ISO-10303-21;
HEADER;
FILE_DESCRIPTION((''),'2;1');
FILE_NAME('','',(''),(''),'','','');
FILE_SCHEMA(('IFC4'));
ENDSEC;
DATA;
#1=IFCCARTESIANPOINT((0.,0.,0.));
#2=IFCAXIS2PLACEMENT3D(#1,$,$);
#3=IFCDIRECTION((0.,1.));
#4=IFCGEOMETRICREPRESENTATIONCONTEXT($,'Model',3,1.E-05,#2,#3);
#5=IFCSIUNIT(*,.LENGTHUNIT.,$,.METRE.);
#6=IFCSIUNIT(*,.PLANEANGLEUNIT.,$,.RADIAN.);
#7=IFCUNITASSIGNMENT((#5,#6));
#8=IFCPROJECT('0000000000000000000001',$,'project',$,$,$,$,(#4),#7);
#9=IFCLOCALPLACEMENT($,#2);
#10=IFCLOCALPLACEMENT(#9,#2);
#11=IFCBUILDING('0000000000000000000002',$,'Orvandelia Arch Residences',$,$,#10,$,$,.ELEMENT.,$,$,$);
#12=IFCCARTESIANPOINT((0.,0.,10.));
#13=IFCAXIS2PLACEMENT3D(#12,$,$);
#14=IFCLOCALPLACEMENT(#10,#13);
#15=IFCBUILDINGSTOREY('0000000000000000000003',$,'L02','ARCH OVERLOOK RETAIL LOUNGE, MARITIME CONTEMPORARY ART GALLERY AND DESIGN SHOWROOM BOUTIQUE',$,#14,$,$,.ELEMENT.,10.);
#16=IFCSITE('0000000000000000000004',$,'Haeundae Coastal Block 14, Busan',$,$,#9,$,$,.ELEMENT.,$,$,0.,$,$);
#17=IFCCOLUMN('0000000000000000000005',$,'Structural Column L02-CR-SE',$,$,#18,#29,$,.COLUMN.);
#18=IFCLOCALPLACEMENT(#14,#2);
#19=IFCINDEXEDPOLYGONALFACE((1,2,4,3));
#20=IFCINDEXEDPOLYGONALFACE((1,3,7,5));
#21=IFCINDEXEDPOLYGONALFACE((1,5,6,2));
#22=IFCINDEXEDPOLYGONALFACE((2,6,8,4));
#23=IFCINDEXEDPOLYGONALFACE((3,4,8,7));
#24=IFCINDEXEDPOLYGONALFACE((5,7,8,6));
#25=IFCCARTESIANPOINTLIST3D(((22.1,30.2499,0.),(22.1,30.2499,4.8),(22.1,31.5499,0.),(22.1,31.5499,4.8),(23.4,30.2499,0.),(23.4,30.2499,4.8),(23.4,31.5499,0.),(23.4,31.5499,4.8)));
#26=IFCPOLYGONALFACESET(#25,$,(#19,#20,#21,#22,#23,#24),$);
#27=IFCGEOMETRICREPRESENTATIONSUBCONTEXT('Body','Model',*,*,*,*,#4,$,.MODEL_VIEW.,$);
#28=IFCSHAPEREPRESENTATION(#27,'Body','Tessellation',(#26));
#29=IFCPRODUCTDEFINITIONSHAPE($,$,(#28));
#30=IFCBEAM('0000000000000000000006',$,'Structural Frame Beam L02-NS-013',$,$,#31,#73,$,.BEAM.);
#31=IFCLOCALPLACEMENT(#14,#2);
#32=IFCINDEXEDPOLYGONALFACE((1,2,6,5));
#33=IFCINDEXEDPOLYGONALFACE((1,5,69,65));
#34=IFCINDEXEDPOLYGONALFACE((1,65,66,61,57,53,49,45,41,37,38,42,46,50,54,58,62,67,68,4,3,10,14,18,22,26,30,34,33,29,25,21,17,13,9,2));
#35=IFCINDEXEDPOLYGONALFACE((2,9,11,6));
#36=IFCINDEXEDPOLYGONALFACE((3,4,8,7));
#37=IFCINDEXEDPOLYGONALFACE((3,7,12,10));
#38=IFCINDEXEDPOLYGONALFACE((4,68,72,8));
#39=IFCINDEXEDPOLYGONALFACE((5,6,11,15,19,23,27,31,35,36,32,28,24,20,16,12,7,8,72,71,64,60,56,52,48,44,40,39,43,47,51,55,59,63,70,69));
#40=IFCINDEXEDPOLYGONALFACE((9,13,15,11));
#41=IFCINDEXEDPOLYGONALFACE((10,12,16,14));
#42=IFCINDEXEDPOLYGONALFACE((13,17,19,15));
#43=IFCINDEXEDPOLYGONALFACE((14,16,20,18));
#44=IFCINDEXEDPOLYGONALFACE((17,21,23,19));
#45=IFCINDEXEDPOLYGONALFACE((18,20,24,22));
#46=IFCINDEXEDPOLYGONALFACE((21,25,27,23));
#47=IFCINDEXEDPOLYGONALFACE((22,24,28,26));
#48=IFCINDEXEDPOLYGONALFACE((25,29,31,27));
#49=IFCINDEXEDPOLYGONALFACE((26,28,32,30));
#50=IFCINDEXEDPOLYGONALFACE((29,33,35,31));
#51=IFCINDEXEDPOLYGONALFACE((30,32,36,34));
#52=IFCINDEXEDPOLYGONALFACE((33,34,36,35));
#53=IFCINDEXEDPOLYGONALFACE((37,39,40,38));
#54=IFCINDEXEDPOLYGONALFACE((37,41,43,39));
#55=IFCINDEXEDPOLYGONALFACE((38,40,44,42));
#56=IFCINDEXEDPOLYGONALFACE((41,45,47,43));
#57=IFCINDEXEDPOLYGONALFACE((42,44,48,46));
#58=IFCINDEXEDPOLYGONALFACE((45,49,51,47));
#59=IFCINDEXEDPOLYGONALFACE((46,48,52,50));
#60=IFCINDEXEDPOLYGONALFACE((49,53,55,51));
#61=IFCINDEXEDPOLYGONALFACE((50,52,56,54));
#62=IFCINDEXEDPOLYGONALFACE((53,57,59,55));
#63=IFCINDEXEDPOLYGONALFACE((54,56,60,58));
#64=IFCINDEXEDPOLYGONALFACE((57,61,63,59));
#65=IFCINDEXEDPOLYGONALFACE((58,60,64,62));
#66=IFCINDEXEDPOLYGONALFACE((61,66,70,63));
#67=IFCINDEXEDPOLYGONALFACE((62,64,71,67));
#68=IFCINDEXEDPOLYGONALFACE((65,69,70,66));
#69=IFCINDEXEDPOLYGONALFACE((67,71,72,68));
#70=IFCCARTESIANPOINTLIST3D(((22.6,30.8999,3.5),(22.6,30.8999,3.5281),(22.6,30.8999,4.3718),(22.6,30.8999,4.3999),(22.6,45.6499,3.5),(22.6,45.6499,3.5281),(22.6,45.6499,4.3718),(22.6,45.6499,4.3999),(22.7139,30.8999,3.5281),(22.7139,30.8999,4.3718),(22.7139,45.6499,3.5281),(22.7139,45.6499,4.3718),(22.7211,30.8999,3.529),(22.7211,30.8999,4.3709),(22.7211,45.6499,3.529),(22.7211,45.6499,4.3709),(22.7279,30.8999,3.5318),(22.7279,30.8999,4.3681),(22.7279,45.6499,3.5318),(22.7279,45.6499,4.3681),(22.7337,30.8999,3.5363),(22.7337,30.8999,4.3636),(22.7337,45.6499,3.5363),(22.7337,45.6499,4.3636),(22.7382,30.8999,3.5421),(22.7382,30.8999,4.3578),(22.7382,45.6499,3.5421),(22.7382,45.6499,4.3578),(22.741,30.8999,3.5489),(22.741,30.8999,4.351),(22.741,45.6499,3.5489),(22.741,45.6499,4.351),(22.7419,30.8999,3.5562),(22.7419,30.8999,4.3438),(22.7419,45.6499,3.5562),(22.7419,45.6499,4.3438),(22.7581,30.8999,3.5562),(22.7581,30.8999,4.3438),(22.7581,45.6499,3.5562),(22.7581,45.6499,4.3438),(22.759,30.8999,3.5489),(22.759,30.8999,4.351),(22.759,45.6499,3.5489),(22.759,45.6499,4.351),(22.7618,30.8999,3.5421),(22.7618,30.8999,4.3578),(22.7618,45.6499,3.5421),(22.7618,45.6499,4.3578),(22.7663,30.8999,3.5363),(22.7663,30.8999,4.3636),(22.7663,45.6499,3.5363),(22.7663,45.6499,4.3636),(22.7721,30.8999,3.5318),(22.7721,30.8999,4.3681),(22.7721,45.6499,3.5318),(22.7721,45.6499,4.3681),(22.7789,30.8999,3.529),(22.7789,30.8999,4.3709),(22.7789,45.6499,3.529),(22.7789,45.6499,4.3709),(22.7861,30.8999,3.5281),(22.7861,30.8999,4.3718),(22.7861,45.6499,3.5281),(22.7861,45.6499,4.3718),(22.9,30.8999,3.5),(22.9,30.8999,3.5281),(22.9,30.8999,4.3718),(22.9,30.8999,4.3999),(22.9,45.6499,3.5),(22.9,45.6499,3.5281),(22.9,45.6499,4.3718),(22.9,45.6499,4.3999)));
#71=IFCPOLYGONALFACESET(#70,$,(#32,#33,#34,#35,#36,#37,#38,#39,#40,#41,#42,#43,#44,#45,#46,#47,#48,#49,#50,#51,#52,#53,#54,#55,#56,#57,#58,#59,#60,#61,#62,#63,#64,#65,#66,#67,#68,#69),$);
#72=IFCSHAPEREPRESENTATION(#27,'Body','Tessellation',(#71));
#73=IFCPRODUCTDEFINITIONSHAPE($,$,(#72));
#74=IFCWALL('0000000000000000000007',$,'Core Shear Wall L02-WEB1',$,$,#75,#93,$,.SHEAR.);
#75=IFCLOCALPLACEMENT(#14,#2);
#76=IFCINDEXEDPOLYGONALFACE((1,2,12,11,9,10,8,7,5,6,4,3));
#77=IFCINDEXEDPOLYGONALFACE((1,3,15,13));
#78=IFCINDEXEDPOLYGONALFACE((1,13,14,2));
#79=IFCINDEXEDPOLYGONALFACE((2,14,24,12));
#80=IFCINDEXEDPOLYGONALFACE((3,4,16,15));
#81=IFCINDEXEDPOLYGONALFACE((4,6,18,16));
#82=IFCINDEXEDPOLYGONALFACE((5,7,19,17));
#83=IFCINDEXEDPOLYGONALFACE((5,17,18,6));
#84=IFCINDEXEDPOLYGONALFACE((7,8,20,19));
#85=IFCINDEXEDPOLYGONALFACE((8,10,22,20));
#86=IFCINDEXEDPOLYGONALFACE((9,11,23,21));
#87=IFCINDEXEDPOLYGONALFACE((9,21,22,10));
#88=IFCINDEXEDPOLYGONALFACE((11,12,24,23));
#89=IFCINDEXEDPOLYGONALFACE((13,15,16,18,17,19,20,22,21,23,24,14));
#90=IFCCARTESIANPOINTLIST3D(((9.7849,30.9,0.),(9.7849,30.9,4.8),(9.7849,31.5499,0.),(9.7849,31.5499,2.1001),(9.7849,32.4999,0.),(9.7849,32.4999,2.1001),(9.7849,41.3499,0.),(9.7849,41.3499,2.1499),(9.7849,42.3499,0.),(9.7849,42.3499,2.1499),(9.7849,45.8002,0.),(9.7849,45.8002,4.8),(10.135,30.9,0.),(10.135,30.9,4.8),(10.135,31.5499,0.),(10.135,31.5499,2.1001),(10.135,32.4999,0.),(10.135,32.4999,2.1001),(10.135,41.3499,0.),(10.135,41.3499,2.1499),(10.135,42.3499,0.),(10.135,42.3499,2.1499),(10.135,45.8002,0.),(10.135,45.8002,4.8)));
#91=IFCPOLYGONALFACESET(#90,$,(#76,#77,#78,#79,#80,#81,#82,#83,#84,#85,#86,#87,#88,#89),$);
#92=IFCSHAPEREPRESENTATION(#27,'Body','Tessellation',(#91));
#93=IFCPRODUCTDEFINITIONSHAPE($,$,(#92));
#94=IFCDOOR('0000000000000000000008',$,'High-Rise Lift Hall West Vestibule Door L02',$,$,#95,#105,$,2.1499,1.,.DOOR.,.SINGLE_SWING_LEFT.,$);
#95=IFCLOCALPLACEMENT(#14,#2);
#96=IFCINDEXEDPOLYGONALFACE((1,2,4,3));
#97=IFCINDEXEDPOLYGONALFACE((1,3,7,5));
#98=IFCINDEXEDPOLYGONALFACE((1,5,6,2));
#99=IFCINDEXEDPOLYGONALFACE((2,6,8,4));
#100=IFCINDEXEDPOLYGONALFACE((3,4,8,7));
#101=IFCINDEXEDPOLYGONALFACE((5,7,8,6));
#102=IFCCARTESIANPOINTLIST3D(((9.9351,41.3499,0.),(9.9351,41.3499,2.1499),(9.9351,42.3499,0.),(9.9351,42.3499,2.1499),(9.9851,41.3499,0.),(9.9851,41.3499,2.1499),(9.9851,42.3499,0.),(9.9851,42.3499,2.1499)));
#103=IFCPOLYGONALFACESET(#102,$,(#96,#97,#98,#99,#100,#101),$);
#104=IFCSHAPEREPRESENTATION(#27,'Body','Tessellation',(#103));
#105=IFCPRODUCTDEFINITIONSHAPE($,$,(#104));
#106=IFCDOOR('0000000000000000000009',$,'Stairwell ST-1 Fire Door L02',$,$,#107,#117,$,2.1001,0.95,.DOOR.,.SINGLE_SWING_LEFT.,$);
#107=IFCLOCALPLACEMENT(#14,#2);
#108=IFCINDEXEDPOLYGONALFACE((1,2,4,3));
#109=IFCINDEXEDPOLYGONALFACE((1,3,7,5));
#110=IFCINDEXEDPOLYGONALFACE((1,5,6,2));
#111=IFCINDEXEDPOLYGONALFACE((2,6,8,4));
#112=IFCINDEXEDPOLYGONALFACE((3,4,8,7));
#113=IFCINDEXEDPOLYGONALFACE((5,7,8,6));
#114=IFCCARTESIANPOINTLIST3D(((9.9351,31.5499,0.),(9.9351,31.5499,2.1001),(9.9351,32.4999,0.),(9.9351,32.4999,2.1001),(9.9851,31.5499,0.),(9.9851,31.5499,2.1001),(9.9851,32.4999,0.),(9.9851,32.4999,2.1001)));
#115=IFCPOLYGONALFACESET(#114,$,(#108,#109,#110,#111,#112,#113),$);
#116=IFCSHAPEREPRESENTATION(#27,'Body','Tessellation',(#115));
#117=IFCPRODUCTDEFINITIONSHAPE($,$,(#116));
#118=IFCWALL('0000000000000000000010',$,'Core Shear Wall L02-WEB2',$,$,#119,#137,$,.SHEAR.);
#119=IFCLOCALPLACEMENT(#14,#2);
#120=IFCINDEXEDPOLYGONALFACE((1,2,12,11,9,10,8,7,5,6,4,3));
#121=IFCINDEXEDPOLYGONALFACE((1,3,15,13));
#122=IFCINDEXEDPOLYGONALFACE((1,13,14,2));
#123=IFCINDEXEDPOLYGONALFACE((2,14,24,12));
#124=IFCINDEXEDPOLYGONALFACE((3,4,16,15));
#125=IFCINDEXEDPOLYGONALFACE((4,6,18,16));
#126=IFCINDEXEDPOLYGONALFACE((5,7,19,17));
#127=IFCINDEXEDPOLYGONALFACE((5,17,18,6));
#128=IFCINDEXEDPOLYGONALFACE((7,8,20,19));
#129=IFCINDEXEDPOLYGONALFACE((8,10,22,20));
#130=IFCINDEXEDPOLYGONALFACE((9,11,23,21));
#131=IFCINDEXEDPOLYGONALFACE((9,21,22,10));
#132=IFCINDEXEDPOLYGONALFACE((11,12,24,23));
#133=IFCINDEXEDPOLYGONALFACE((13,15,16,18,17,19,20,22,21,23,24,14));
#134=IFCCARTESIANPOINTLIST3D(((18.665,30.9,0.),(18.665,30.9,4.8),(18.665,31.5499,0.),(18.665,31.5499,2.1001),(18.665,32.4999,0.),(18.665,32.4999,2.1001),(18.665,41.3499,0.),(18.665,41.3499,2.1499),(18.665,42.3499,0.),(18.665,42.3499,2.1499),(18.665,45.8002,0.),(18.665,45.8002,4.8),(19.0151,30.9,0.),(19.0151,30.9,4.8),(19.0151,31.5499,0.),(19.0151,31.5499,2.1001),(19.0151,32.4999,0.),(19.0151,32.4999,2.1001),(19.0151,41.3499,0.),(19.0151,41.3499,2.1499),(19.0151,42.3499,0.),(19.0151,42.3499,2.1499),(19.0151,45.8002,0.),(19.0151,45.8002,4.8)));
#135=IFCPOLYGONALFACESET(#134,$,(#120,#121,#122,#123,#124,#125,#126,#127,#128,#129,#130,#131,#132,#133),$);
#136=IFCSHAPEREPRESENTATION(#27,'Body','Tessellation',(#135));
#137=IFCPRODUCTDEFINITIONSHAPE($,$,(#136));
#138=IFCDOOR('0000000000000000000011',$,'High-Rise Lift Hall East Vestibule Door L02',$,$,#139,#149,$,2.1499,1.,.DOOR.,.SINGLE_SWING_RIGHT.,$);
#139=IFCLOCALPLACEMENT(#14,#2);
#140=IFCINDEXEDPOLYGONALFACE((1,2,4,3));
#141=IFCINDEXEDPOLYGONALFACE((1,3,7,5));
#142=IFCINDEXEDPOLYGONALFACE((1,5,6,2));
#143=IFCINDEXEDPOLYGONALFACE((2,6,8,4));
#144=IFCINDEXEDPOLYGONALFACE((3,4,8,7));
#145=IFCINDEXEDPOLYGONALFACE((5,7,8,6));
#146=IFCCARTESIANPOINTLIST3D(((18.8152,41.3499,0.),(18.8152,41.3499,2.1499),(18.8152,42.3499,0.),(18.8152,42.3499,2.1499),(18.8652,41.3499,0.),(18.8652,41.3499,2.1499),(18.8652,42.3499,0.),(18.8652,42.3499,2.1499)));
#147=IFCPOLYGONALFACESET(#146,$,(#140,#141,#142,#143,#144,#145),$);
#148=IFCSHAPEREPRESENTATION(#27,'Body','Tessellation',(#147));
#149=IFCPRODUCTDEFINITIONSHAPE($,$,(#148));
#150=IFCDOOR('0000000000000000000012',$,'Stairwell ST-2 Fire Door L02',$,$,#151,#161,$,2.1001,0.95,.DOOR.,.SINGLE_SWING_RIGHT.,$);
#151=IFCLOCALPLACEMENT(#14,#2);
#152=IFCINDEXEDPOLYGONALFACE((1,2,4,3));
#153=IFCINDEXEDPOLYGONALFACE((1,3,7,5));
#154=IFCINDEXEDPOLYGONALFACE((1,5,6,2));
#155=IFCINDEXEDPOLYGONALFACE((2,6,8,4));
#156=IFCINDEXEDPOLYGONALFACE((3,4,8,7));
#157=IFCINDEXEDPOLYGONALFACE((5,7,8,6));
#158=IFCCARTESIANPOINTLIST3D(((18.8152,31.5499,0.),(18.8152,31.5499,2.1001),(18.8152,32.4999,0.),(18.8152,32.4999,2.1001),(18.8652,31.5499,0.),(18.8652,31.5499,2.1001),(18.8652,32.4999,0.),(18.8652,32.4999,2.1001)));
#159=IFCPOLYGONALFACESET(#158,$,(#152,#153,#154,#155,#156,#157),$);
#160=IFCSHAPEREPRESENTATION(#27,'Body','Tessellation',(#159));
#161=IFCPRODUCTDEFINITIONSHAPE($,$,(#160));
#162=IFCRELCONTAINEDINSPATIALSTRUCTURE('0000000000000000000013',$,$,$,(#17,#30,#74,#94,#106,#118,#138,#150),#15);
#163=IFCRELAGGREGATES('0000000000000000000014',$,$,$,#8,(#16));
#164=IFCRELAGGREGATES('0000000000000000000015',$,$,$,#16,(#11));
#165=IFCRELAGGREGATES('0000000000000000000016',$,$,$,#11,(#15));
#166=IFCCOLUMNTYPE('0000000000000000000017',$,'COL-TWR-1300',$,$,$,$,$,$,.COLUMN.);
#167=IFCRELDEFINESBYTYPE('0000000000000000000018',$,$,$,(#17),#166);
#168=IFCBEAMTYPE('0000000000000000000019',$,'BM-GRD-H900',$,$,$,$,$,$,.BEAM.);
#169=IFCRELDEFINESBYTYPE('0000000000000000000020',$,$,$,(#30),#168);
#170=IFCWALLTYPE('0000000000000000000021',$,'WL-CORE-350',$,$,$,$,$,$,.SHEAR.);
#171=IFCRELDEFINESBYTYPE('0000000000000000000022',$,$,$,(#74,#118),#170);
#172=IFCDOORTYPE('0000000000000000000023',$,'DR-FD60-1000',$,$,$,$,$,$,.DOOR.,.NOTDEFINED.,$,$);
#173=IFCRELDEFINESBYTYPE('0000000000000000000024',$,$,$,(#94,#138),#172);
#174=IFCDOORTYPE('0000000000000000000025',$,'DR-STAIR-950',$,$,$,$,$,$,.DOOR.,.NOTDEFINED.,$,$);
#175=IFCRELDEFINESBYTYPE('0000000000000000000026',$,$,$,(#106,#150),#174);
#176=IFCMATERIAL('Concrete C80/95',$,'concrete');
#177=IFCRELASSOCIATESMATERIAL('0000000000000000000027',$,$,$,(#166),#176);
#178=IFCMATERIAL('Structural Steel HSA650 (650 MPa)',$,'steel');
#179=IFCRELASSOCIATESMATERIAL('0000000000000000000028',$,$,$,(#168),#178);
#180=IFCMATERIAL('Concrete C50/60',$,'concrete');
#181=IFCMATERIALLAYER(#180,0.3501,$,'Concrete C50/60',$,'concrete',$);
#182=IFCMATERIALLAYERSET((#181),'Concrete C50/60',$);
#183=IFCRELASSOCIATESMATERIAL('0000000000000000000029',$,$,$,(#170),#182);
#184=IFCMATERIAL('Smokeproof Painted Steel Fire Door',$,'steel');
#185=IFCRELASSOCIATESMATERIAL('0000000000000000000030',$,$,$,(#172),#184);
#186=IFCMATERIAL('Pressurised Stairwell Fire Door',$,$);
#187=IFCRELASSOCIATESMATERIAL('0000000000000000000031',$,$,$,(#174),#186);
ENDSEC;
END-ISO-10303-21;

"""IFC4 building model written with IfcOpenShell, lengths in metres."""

from ifc_helpers import new_model, si_unit, direction, frame, frame_2d, origin, origin_2d, place, context, subcontext, project, spatial, rectangle, i_section, extrude, material, layer, layer_set, material_profile, profile_set, type_object, element, fill, save


model = new_model("IFC4")

# Units and contexts
model_context = context("Model", 3, precision=1e-05, world=origin(), true_north=direction((0.0, 1.0)))
body_context = subcontext(model_context, "Body", "Model", "MODEL_VIEW")
ifc_project = project(units=[si_unit("LENGTHUNIT", "METRE"), si_unit("PLANEANGLEUNIT", "RADIAN")], contexts=[model_context])

# Site, building, storey
site_placement = place(None, origin())
site = spatial("IfcSite", under=ifc_project, at=site_placement, Name="Haeundae Coastal Block 14, Busan", CompositionType="ELEMENT", RefElevation=0.0)
building_placement = place(site_placement, origin())
building = spatial("IfcBuilding", under=site, at=building_placement, Name="Orvandelia Arch Residences", CompositionType="ELEMENT")
storey_placement = place(building_placement, frame((0.0, 0.0, 10.0)))
storey = spatial("IfcBuildingStorey", under=building, at=storey_placement, Name="L02", Description="ARCH OVERLOOK RETAIL LOUNGE, MARITIME CONTEMPORARY ART GALLERY AND DESIGN SHOWROOM BOUTIQUE", CompositionType="ELEMENT", Elevation=10.0)

# Column
ifc_material_1 = material(Name="Concrete C80/95", Category="concrete")
ifc_material_profile_1 = material_profile(ifc_material_1, rectangle(XDim=1.3, YDim=1.3, at=origin_2d()), Name="Concrete C80/95", Category="concrete")
ifc_profile_set_1 = profile_set([ifc_material_profile_1], Name="Concrete C80/95")
column_type = type_object("IfcColumnType", Name="COL-TWR-1300", PredefinedType="COLUMN", material=ifc_profile_set_1)
column_placement = place(storey_placement, frame((22.75, 30.8999, 0.0), z_axis=(0.0, 0.0, 1.0), x_axis=(1.0, 0.0, 0.0)))
element("IfcColumn", 1, at=column_placement, inside=storey, type_object=column_type, Name="Structural Column L02-CR-SE", PredefinedType="COLUMN", context=body_context, shape_type="SweptSolid", body=[
    extrude(rectangle(XDim=1.3, YDim=1.3, at=origin_2d()), origin(), (0.0, 0.0, 1.0), 4.8),
])

# Beam
ifc_material_2 = material(Name="Structural Steel HSA650 (650 MPa)", Category="steel")
ifc_material_profile_2 = material_profile(ifc_material_2, i_section(OverallWidth=0.3, OverallDepth=0.8999, WebThickness=0.0161, FlangeThickness=0.0281, FilletRadius=0.0281, at=origin_2d()), Name="Structural Steel HSA650 (650 MPa)", Category="steel")
ifc_profile_set_2 = profile_set([ifc_material_profile_2], Name="Structural Steel HSA650 (650 MPa)")
beam_type = type_object("IfcBeamType", Name="BM-GRD-H900", PredefinedType="BEAM", material=ifc_profile_set_2)
beam_placement = place(storey_placement, frame((22.75, 30.8999, 3.95), z_axis=(0.0, 1.0, 0.0), x_axis=(-1.0, 0.0, 0.0)))
element("IfcBeam", 2, at=beam_placement, inside=storey, type_object=beam_type, Name="Structural Frame Beam L02-NS-013", PredefinedType="BEAM", context=body_context, shape_type="SweptSolid", body=[
    extrude(i_section(OverallWidth=0.3, OverallDepth=0.8999, WebThickness=0.0161, FlangeThickness=0.0281, FilletRadius=0.0281, at=origin_2d()), origin(), (0.0, 0.0, 1.0), 14.75),
])

# Walls, openings, doors
ifc_material_3 = material(Name="Concrete C50/60", Category="concrete")
ifc_layer_1 = layer(ifc_material_3, 0.3501, Name="Concrete C50/60", Category="concrete")
ifc_layer_set_1 = layer_set([ifc_layer_1], Name="Concrete C50/60")
wall_type_1 = type_object("IfcWallType", Name="WL-CORE-350", PredefinedType="SHEAR", material=ifc_layer_set_1)
wall_1_placement = place(storey_placement, frame((9.96, 30.8999, 0.0), z_axis=(0.0, 0.0, 1.0), x_axis=(0.0, 1.0, 0.0)))
wall_1 = element("IfcWall", 3, at=wall_1_placement, inside=storey, type_object=wall_type_1, Name="Core Shear Wall L02-WEB1", PredefinedType="SHEAR", context=body_context, shape_type="SweptSolid", body=[
    extrude(rectangle(XDim=14.9001, YDim=0.3501, at=frame_2d((7.4502, 0.0))), origin(), (0.0, 0.0, 1.0), 4.8),
])
opening_1_placement = place(wall_1_placement, frame((0.6499, 0.0, 0.0)))
opening_1 = element("IfcOpeningElement", 4, at=opening_1_placement, cuts=wall_1, PredefinedType="OPENING", context=body_context, shape_type="SweptSolid", body=[
    extrude(rectangle(XDim=0.95, YDim=2.1001, at=frame_2d((0.4751, 1.05))), frame((0.0, 0.1851, 0.0), z_axis=(0.0, -1.0, 0.0), x_axis=(1.0, 0.0, 0.0)), (0.0, 0.0, 1.0), 0.3701),
])
opening_2_placement = place(wall_1_placement, frame((10.45, 0.0, 0.0)))
opening_2 = element("IfcOpeningElement", 5, at=opening_2_placement, cuts=wall_1, PredefinedType="OPENING", context=body_context, shape_type="SweptSolid", body=[
    extrude(rectangle(XDim=1.0, YDim=2.1499, at=frame_2d((0.5, 1.075))), frame((0.0, 0.1851, 0.0), z_axis=(0.0, -1.0, 0.0), x_axis=(1.0, 0.0, 0.0)), (0.0, 0.0, 1.0), 0.3701),
])
ifc_material_4 = material(Name="Smokeproof Painted Steel Fire Door", Category="steel")
door_type_1 = type_object("IfcDoorType", Name="DR-FD60-1000", OperationType="NOTDEFINED", PredefinedType="DOOR", material=ifc_material_4)
door_1_placement = place(opening_2_placement, origin())
door_1 = element("IfcDoor", 6, at=door_1_placement, inside=storey, type_object=door_type_1, Name="High-Rise Lift Hall West Vestibule Door L02", OperationType="SINGLE_SWING_LEFT", OverallHeight=2.1499, OverallWidth=1.0, PredefinedType="DOOR", context=body_context, shape_type="SweptSolid", body=[
    extrude(rectangle(XDim=1.0, YDim=2.1499, at=frame_2d((0.5, 1.075))), frame((0.0, 0.0249, 0.0), z_axis=(0.0, -1.0, 0.0), x_axis=(1.0, 0.0, 0.0)), (0.0, 0.0, 1.0), 0.05),
])
fill(opening_2, door_1)
ifc_material_5 = material(Name="Pressurised Stairwell Fire Door")
door_type_2 = type_object("IfcDoorType", Name="DR-STAIR-950", OperationType="NOTDEFINED", PredefinedType="DOOR", material=ifc_material_5)
door_2_placement = place(opening_1_placement, origin())
door_2 = element("IfcDoor", 7, at=door_2_placement, inside=storey, type_object=door_type_2, Name="Stairwell ST-1 Fire Door L02", OperationType="SINGLE_SWING_LEFT", OverallHeight=2.1001, OverallWidth=0.95, PredefinedType="DOOR", context=body_context, shape_type="SweptSolid", body=[
    extrude(rectangle(XDim=0.95, YDim=2.1001, at=frame_2d((0.4751, 1.05))), frame((0.0, 0.0249, 0.0), z_axis=(0.0, -1.0, 0.0), x_axis=(1.0, 0.0, 0.0)), (0.0, 0.0, 1.0), 0.05),
])
fill(opening_1, door_2)
wall_2_placement = place(storey_placement, frame((18.8401, 30.8999, 0.0), z_axis=(0.0, 0.0, 1.0), x_axis=(0.0, 1.0, 0.0)))
wall_2 = element("IfcWall", 8, at=wall_2_placement, inside=storey, type_object=wall_type_1, Name="Core Shear Wall L02-WEB2", PredefinedType="SHEAR", context=body_context, shape_type="SweptSolid", body=[
    extrude(rectangle(XDim=14.9001, YDim=0.3501, at=frame_2d((7.4502, 0.0))), origin(), (0.0, 0.0, 1.0), 4.8),
])
opening_3_placement = place(wall_2_placement, frame((0.6499, 0.0, 0.0)))
opening_3 = element("IfcOpeningElement", 9, at=opening_3_placement, cuts=wall_2, PredefinedType="OPENING", context=body_context, shape_type="SweptSolid", body=[
    extrude(rectangle(XDim=0.95, YDim=2.1001, at=frame_2d((0.4751, 1.05))), frame((0.0, 0.1851, 0.0), z_axis=(0.0, -1.0, 0.0), x_axis=(1.0, 0.0, 0.0)), (0.0, 0.0, 1.0), 0.3701),
])
opening_4_placement = place(wall_2_placement, frame((10.45, 0.0, 0.0)))
opening_4 = element("IfcOpeningElement", 10, at=opening_4_placement, cuts=wall_2, PredefinedType="OPENING", context=body_context, shape_type="SweptSolid", body=[
    extrude(rectangle(XDim=1.0, YDim=2.1499, at=frame_2d((0.5, 1.075))), frame((0.0, 0.1851, 0.0), z_axis=(0.0, -1.0, 0.0), x_axis=(1.0, 0.0, 0.0)), (0.0, 0.0, 1.0), 0.3701),
])
door_3_placement = place(opening_4_placement, origin())
door_3 = element("IfcDoor", 11, at=door_3_placement, inside=storey, type_object=door_type_1, Name="High-Rise Lift Hall East Vestibule Door L02", OperationType="SINGLE_SWING_RIGHT", OverallHeight=2.1499, OverallWidth=1.0, PredefinedType="DOOR", context=body_context, shape_type="SweptSolid", body=[
    extrude(rectangle(XDim=1.0, YDim=2.1499, at=frame_2d((0.5, 1.075))), frame((0.0, 0.0249, 0.0), z_axis=(0.0, -1.0, 0.0), x_axis=(1.0, 0.0, 0.0)), (0.0, 0.0, 1.0), 0.05),
])
fill(opening_4, door_3)
door_4_placement = place(opening_3_placement, origin())
door_4 = element("IfcDoor", 12, at=door_4_placement, inside=storey, type_object=door_type_2, Name="Stairwell ST-2 Fire Door L02", OperationType="SINGLE_SWING_RIGHT", OverallHeight=2.1001, OverallWidth=0.95, PredefinedType="DOOR", context=body_context, shape_type="SweptSolid", body=[
    extrude(rectangle(XDim=0.95, YDim=2.1001, at=frame_2d((0.4751, 1.05))), frame((0.0, 0.0249, 0.0), z_axis=(0.0, -1.0, 0.0), x_axis=(1.0, 0.0, 0.0)), (0.0, 0.0, 1.0), 0.05),
])
fill(opening_3, door_4)

save(model, "model.ifc")
